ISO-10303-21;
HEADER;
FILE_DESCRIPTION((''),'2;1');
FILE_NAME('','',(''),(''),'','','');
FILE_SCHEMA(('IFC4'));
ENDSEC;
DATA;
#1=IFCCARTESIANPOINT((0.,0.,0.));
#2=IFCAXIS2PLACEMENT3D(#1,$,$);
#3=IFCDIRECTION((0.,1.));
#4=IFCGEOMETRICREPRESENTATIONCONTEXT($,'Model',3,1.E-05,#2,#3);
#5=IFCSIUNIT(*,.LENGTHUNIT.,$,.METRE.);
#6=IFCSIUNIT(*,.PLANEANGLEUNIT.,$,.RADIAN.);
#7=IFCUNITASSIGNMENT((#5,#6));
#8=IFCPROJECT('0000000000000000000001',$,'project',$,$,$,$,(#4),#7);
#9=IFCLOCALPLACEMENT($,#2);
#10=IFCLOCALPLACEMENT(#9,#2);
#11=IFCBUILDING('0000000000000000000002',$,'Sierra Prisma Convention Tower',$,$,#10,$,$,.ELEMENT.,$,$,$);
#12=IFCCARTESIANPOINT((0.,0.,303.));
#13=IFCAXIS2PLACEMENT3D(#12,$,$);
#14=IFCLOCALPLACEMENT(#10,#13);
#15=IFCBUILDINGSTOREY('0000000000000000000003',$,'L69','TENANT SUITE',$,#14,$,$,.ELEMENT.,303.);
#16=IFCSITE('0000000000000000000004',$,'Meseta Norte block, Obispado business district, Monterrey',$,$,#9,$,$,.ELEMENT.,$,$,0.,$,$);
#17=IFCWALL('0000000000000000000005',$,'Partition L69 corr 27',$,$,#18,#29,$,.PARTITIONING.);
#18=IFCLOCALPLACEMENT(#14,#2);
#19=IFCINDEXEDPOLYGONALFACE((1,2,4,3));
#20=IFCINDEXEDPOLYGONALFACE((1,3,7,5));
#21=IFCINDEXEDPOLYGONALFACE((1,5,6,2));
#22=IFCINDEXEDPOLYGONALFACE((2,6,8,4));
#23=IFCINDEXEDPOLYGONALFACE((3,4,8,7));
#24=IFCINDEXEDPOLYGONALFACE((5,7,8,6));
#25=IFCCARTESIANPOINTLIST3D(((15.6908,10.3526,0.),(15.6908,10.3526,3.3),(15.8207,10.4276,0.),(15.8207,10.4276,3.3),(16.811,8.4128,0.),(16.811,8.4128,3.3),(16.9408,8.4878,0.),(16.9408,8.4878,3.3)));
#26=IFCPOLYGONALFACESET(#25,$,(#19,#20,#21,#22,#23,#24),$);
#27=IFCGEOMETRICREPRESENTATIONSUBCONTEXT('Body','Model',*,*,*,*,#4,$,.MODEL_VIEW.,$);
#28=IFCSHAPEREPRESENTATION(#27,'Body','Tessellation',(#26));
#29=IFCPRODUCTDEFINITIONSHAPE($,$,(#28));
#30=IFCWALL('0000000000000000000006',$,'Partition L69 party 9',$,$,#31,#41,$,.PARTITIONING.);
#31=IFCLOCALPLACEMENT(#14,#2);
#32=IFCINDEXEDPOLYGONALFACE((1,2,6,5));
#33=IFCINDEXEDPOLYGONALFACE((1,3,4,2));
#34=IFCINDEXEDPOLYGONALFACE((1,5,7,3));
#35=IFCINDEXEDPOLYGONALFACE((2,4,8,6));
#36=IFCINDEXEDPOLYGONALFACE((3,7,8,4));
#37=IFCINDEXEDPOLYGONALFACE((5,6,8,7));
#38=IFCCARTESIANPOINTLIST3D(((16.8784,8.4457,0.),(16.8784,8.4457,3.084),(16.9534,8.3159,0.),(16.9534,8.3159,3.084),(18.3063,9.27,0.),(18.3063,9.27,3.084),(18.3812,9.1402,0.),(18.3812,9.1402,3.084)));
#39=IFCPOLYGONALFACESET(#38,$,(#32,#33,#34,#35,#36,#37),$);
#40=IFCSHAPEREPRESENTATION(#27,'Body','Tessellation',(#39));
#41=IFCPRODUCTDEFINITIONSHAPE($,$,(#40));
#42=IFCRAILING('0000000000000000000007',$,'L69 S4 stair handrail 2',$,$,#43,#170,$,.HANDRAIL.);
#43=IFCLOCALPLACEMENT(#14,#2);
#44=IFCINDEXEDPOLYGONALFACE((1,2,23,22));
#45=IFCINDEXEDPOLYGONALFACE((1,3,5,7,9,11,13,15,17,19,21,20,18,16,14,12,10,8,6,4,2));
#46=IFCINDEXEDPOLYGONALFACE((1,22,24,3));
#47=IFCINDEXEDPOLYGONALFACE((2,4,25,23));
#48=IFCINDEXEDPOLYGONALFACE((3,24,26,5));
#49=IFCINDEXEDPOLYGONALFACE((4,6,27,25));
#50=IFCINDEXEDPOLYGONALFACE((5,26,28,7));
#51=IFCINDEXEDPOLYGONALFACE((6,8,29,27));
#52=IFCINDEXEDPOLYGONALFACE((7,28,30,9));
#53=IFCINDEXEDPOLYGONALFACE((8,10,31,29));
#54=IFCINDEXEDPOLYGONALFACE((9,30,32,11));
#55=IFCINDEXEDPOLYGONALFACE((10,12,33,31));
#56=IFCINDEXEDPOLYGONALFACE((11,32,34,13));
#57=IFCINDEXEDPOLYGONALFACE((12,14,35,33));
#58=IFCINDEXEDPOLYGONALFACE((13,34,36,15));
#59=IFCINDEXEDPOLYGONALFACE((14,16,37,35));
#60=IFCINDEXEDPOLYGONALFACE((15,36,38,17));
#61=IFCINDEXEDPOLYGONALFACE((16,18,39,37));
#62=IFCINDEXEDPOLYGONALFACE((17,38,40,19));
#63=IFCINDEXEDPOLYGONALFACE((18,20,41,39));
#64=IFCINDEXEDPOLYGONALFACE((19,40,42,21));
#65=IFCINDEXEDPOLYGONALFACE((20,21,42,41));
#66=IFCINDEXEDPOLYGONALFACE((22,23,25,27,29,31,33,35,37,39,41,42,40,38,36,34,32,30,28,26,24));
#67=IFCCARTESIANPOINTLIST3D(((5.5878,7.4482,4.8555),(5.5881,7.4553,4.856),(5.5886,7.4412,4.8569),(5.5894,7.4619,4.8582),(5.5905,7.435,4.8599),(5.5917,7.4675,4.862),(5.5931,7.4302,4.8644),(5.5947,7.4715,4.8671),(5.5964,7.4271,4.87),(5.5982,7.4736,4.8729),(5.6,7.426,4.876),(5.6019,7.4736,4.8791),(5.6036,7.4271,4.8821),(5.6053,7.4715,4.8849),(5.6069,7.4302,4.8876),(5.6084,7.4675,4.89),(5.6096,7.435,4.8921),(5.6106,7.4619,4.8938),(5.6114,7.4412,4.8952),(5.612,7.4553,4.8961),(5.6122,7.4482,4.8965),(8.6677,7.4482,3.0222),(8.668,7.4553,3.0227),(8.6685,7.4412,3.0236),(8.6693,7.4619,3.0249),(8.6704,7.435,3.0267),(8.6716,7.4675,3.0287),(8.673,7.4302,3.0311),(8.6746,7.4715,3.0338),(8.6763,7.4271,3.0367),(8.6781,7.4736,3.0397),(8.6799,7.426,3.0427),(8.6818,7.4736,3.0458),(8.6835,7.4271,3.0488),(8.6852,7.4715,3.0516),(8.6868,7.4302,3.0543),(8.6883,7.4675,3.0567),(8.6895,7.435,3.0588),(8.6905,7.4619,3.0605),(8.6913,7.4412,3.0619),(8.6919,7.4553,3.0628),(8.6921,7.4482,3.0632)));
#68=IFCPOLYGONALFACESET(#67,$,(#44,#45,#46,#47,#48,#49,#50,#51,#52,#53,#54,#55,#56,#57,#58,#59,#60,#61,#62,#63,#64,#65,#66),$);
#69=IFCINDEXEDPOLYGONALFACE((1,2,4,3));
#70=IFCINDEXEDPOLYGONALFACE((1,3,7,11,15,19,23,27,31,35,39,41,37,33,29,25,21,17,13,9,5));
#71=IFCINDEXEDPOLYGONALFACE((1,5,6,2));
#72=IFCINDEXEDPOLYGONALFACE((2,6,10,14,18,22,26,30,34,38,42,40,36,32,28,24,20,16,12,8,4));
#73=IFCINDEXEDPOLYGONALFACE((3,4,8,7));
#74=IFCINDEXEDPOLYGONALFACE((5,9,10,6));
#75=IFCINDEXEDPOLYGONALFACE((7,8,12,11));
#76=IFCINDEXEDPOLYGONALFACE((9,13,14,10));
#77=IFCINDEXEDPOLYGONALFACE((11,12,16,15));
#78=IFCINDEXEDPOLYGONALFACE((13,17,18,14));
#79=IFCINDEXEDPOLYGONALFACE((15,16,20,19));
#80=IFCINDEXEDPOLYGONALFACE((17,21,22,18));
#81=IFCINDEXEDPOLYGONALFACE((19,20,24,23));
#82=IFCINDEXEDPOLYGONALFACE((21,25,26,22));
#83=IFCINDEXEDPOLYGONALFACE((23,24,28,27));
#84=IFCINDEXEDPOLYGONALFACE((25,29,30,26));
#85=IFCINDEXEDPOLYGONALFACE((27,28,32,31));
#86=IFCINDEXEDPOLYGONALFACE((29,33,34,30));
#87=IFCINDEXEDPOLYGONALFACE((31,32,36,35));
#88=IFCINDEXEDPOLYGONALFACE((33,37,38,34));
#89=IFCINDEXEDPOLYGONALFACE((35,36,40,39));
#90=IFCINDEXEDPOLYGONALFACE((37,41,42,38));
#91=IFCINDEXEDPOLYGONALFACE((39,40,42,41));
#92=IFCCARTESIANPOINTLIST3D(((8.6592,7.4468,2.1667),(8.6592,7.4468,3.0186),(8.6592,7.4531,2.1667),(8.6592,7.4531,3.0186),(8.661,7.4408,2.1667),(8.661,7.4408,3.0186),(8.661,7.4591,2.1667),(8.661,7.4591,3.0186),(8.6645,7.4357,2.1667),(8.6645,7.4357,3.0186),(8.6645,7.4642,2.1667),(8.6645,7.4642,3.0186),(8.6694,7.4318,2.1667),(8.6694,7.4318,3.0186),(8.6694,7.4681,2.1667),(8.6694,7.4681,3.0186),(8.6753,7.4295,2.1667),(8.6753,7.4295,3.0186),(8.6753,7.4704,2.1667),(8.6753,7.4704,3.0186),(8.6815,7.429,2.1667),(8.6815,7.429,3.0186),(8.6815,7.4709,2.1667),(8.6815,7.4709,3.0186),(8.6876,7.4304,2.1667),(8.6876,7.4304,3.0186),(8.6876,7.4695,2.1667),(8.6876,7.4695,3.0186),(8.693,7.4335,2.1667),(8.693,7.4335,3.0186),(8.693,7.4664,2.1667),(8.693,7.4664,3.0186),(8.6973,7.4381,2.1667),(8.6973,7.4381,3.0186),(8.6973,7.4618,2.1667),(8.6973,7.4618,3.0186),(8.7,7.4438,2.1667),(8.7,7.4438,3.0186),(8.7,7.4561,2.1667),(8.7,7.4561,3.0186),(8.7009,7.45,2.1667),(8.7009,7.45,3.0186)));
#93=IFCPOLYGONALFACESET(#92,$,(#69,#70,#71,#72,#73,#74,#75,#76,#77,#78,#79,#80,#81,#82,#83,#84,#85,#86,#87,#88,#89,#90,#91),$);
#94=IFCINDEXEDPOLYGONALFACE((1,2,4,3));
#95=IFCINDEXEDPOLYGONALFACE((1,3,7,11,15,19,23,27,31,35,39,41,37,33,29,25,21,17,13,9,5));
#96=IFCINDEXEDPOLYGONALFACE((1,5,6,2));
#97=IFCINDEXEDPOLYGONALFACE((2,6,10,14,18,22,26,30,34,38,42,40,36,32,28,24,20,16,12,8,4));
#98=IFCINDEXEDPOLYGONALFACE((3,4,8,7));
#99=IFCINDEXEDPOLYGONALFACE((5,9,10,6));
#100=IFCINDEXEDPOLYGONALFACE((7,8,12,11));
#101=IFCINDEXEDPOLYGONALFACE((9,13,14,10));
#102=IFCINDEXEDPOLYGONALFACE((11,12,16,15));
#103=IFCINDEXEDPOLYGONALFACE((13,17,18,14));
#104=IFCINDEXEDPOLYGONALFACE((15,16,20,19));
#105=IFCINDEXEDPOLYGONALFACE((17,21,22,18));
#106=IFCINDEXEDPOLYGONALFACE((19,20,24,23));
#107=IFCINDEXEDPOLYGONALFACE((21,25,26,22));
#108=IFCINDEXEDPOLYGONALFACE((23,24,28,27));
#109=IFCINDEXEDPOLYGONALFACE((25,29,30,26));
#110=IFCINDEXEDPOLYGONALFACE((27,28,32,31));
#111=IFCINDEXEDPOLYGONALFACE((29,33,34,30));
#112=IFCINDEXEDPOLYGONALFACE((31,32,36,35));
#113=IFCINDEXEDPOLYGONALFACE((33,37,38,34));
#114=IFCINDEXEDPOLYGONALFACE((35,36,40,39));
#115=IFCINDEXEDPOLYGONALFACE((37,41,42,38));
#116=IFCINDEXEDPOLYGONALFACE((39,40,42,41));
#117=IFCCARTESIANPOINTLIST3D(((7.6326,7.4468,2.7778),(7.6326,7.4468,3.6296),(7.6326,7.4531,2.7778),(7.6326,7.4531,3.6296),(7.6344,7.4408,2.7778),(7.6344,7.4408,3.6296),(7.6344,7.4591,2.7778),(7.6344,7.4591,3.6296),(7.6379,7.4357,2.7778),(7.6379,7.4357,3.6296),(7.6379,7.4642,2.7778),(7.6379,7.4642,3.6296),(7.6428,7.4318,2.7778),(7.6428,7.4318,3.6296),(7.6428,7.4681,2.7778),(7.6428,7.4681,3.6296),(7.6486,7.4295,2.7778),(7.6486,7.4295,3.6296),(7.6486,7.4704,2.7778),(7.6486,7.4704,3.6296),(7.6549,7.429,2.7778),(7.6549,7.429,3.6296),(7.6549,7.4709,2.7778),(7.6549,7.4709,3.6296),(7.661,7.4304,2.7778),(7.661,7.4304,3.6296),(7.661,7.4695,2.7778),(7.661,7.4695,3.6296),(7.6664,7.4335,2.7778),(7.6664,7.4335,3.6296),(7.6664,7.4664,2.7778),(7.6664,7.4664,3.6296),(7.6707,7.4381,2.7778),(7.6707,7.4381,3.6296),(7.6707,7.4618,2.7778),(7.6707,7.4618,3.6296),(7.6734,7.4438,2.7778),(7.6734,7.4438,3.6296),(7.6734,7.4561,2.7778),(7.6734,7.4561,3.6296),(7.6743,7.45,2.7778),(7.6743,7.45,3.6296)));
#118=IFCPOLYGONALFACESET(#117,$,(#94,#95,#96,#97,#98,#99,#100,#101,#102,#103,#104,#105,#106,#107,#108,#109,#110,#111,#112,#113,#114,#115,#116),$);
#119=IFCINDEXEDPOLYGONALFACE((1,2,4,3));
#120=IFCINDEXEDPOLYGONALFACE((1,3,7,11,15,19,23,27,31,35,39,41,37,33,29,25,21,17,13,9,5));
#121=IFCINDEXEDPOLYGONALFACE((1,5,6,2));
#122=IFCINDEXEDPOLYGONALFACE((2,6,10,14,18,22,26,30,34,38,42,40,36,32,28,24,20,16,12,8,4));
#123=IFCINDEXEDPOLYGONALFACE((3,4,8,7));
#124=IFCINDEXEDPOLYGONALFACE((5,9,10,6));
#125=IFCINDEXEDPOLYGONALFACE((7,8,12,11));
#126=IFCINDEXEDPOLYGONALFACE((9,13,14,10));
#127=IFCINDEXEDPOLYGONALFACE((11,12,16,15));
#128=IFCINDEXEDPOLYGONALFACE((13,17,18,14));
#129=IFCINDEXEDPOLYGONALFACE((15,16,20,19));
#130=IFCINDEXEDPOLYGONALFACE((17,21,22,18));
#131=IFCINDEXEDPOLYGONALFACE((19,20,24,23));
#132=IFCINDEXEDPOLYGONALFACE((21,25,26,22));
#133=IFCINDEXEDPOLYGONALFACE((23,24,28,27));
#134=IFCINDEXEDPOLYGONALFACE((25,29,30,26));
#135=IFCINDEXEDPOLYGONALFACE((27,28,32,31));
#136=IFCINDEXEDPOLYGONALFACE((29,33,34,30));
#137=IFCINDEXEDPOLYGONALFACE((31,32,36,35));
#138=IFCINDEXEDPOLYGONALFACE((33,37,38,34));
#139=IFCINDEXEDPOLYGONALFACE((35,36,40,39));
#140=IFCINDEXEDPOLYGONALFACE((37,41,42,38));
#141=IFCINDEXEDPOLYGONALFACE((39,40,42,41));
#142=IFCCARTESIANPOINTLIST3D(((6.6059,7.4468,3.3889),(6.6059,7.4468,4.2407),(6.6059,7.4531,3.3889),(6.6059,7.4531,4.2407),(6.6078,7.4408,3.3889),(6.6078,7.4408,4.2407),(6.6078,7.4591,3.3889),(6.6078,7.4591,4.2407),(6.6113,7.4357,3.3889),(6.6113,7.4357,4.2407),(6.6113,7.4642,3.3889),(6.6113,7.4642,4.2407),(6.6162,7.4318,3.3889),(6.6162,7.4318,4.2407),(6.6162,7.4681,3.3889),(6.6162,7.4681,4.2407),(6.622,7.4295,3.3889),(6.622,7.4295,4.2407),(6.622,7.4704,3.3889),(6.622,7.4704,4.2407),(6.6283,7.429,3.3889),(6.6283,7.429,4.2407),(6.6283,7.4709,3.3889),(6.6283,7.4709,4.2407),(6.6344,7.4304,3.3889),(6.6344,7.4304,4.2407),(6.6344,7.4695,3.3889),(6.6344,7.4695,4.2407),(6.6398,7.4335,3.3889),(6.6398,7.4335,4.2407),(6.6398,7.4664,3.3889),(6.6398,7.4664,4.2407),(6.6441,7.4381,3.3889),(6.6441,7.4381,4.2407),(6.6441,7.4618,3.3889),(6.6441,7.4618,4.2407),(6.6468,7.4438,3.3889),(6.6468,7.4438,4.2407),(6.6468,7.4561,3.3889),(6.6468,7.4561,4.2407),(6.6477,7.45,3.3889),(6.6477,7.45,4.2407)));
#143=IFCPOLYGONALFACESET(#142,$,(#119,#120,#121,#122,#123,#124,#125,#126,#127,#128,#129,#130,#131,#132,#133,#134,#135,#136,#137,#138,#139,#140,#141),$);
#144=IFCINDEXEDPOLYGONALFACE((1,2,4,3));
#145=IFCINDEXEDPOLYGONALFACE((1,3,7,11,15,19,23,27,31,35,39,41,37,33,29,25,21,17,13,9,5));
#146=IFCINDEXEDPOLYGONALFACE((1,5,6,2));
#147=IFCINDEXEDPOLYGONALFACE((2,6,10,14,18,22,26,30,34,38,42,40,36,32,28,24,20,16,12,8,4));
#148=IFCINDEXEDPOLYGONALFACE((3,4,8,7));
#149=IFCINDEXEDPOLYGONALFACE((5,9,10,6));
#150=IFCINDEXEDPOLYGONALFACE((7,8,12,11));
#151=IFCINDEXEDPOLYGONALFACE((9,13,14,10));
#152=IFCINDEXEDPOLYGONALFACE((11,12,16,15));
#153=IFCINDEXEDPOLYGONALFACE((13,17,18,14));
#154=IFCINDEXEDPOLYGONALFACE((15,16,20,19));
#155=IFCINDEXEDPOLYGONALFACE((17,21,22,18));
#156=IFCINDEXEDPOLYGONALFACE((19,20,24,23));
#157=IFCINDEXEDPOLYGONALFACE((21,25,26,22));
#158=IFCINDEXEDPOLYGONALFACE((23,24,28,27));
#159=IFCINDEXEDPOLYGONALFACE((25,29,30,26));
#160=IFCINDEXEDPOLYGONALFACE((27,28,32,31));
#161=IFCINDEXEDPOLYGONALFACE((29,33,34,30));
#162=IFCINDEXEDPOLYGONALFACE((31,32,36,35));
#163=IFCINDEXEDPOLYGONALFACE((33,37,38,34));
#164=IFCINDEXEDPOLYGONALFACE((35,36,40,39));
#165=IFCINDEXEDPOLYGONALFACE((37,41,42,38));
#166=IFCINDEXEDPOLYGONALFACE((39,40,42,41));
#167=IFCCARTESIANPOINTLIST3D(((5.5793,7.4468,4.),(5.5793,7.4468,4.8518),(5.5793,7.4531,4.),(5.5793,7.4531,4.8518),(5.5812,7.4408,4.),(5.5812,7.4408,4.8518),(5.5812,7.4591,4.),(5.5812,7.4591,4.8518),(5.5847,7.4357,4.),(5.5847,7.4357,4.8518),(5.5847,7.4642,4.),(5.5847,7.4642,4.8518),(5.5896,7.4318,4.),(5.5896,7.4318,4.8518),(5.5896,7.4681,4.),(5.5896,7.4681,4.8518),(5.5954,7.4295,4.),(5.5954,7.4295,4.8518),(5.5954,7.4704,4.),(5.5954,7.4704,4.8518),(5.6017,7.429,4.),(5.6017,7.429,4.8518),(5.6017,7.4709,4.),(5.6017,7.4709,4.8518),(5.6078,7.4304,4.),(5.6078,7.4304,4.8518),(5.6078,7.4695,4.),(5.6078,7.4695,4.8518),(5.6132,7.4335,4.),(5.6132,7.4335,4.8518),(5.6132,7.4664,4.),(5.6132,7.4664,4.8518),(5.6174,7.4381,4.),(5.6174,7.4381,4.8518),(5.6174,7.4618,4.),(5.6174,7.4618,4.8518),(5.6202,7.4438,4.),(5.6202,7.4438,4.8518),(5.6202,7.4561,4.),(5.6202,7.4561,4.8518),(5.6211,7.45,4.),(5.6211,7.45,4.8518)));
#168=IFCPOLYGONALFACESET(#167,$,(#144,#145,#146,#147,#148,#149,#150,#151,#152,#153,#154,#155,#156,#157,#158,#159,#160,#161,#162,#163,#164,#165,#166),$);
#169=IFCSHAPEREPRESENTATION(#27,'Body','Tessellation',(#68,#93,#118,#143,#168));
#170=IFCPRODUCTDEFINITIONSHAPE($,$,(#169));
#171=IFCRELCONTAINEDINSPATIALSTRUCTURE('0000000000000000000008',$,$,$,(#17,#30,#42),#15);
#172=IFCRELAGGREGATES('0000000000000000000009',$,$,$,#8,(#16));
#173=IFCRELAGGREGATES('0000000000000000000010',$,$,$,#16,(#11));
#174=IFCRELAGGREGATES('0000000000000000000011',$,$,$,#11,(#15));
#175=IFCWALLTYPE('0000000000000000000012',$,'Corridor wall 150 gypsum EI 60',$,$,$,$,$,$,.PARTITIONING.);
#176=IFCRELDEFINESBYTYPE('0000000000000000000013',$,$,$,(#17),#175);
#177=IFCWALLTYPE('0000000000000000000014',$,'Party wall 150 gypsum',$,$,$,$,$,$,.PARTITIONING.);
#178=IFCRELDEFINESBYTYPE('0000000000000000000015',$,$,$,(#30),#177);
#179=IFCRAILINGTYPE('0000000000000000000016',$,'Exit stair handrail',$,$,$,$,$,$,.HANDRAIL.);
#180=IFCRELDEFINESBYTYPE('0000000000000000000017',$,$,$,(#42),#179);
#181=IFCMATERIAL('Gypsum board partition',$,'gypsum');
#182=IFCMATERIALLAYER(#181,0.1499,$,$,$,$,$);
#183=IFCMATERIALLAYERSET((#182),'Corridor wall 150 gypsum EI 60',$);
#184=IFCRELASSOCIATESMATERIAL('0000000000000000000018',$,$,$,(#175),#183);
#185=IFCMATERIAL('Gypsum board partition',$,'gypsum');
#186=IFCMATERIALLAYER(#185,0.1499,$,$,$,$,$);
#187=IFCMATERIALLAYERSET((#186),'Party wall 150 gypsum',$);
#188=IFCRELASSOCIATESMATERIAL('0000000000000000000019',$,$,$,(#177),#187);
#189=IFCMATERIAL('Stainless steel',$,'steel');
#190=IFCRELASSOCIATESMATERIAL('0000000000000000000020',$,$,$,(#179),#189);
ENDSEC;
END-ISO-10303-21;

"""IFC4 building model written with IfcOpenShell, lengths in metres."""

from ifc_helpers import new_model, si_unit, direction, frame, frame_2d, origin, origin_2d, place, context, subcontext, project, spatial, rectangle, circle, extrude, material, layer, layer_set, type_object, element, save


model = new_model("IFC4")

# Units and contexts
model_context = context("Model", 3, precision=1e-05, world=origin(), true_north=direction((0.0, 1.0)))
body_context = subcontext(model_context, "Body", "Model", "MODEL_VIEW")
ifc_project = project(units=[si_unit("LENGTHUNIT", "METRE"), si_unit("PLANEANGLEUNIT", "RADIAN")], contexts=[model_context])

# Site, building, storey
site_placement = place(None, origin())
site = spatial("IfcSite", under=ifc_project, at=site_placement, Name="Meseta Norte block, Obispado business district, Monterrey", CompositionType="ELEMENT", RefElevation=0.0)
building_placement = place(site_placement, origin())
building = spatial("IfcBuilding", under=site, at=building_placement, Name="Sierra Prisma Convention Tower", CompositionType="ELEMENT")
storey_placement = place(building_placement, frame((0.0, 0.0, 303.0)))
storey = spatial("IfcBuildingStorey", under=building, at=storey_placement, Name="L69", Description="TENANT SUITE", CompositionType="ELEMENT", Elevation=303.0)

# Shared definitions
ifc_material_1 = material(Name="Gypsum board partition", Category="gypsum")
ifc_layer_1 = layer(ifc_material_1, 0.1499)
ifc_layer_set_1 = layer_set([ifc_layer_1], Name="Corridor wall 150 gypsum EI 60")
wall_type_1 = type_object("IfcWallType", Name="Corridor wall 150 gypsum EI 60", PredefinedType="PARTITIONING", material=ifc_layer_set_1)

# Walls
wall_1_placement = place(storey_placement, frame((16.876, 8.4502, 0.0), z_axis=(0.0, 0.0, 1.0), x_axis=(-0.500078, 0.86598, 0.0)))
element("IfcWall", 1, at=wall_1_placement, inside=storey, type_object=wall_type_1, Name="Partition L69 corr 27", PredefinedType="PARTITIONING", context=body_context, shape_type="SweptSolid", body=[
    extrude(rectangle(XDim=2.24, YDim=0.1499, at=frame_2d((1.1201, 0.0))), origin(), (0.0, 0.0, 1.0), 3.3),
])
ifc_material_2 = material(Name="Gypsum board partition", Category="gypsum")
ifc_layer_2 = layer(ifc_material_2, 0.1499)
ifc_layer_set_2 = layer_set([ifc_layer_2], Name="Party wall 150 gypsum")
wall_type_2 = type_object("IfcWallType", Name="Party wall 150 gypsum", PredefinedType="PARTITIONING", material=ifc_layer_set_2)
wall_2_placement = place(storey_placement, frame((16.916, 8.3809, 0.0), z_axis=(0.0, 0.0, 1.0), x_axis=(0.866047, 0.499962, 0.0)))
element("IfcWall", 2, at=wall_2_placement, inside=storey, type_object=wall_type_2, Name="Partition L69 party 9", PredefinedType="PARTITIONING", context=body_context, shape_type="SweptSolid", body=[
    extrude(rectangle(XDim=1.6487, YDim=0.1499, at=frame_2d((0.8242, 0.0))), origin(), (0.0, 0.0, 1.0), 3.084),
])

# Railing
ifc_material_3 = material(Name="Stainless steel", Category="steel")
railing_type = type_object("IfcRailingType", Name="Exit stair handrail", PredefinedType="HANDRAIL", material=ifc_material_3)
railing_placement = place(storey_placement, frame((8.6799, 7.45, 2.1667)))
element("IfcRailing", 3, at=railing_placement, inside=storey, type_object=railing_type, Name="L69 S4 stair handrail 2", PredefinedType="HANDRAIL", context=body_context, shape_type="SweptSolid", body=[
    extrude(circle(Radius=0.0239, at=origin_2d()), frame((0.0, 0.0, 0.876), z_axis=(-0.859291, 0.0, 0.511487), x_axis=(0.0, -1.0, 0.0)), (0.0, 0.0, 1.0), 3.5842),
    extrude(circle(Radius=0.021, at=origin_2d()), origin(), (0.0, 0.0, 1.0), 0.8518),
    extrude(circle(Radius=0.021, at=origin_2d()), frame((-1.0266, 0.0, 0.6111)), (0.0, 0.0, 1.0), 0.8518),
    extrude(circle(Radius=0.021, at=origin_2d()), frame((-2.0532, 0.0, 1.2222)), (0.0, 0.0, 1.0), 0.8518),
    extrude(circle(Radius=0.021, at=origin_2d()), frame((-3.0798, 0.0, 1.8333)), (0.0, 0.0, 1.0), 0.8518),
])

save(model, "model.ifc")
